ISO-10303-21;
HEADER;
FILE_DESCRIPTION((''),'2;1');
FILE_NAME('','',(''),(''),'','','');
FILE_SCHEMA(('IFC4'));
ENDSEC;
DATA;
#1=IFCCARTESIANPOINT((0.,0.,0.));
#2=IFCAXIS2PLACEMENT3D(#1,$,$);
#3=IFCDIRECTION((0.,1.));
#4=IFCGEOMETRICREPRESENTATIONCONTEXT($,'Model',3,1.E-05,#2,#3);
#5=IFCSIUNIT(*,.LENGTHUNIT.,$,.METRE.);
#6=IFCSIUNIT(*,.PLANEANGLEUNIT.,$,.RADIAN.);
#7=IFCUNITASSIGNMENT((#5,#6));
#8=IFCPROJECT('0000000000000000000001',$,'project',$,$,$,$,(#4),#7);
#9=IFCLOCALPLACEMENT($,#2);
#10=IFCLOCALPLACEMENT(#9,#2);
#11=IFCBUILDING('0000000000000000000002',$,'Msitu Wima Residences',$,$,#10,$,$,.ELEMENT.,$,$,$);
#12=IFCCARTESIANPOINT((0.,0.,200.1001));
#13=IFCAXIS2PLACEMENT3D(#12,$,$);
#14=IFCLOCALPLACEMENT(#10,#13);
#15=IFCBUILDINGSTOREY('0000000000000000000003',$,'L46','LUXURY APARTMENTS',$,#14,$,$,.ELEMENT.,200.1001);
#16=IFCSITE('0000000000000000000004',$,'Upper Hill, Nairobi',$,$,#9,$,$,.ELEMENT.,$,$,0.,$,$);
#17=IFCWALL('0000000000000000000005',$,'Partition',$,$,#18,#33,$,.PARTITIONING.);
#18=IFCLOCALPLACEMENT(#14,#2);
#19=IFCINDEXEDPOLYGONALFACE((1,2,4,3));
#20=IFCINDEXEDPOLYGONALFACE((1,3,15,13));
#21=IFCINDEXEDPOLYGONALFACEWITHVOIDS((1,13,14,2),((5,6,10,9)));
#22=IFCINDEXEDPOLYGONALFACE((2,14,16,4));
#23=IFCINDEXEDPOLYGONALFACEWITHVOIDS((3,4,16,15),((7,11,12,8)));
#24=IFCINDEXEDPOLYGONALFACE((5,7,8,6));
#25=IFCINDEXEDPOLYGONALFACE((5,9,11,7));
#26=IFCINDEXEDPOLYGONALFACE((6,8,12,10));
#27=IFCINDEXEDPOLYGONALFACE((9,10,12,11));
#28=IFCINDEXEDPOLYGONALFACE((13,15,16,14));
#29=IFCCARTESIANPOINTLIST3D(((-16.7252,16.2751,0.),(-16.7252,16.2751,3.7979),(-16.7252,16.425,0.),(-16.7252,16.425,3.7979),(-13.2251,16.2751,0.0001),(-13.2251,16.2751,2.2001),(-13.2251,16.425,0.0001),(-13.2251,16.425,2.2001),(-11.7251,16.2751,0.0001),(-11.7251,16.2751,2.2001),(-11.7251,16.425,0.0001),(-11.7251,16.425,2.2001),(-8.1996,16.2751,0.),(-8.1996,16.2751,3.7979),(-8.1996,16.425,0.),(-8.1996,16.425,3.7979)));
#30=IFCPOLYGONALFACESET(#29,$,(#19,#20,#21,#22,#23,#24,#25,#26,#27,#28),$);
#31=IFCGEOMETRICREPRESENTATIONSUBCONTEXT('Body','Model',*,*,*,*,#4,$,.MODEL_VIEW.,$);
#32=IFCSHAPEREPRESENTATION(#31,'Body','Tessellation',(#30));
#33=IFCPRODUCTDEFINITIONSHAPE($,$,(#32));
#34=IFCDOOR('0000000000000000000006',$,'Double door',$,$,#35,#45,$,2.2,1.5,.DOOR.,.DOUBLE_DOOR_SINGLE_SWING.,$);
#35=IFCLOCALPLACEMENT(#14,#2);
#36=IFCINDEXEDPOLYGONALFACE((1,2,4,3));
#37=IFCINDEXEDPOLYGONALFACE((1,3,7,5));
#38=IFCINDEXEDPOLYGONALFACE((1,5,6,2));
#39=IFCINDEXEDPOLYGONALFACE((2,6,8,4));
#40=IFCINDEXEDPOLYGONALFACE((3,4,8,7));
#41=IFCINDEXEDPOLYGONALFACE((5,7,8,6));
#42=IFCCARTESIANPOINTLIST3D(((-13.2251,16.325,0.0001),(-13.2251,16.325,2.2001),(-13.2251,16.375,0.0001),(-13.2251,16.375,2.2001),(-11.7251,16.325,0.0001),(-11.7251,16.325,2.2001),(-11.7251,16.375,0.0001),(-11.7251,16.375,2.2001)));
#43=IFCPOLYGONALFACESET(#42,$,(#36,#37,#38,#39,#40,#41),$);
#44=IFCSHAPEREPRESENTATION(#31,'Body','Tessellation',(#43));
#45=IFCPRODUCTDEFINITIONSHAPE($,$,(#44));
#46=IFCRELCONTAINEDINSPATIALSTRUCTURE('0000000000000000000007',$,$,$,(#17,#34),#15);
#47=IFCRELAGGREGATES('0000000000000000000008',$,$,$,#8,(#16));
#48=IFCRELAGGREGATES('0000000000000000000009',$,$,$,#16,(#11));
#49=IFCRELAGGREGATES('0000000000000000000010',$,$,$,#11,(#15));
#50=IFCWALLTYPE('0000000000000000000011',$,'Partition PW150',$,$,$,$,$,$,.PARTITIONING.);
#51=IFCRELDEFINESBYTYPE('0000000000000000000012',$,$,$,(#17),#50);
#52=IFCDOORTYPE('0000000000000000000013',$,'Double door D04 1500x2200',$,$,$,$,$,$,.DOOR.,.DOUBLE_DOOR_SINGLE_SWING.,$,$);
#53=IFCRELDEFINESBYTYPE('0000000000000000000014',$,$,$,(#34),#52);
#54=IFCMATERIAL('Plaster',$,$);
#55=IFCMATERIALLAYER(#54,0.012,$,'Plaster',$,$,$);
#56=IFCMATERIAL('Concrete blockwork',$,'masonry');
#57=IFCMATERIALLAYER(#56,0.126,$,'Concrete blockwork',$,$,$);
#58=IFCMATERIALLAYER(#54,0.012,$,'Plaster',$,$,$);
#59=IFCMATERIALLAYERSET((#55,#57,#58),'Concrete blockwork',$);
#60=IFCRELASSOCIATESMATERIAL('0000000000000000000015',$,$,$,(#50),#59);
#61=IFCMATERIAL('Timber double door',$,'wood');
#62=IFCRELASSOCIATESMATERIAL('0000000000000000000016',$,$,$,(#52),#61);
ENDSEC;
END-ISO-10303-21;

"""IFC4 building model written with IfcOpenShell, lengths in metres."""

from ifc_helpers import new_model, si_unit, direction, frame, frame_2d, origin, place, context, subcontext, project, spatial, rectangle, extrude, material, layer, layer_set, type_object, element, fill, save


model = new_model("IFC4")

# Units and contexts
model_context = context("Model", 3, precision=1e-05, world=origin(), true_north=direction((0.0, 1.0)))
body_context = subcontext(model_context, "Body", "Model", "MODEL_VIEW")
ifc_project = project(units=[si_unit("LENGTHUNIT", "METRE"), si_unit("PLANEANGLEUNIT", "RADIAN")], contexts=[model_context])

# Site, building, storey
site_placement = place(None, origin())
site = spatial("IfcSite", under=ifc_project, at=site_placement, Name="Upper Hill, Nairobi", CompositionType="ELEMENT", RefElevation=0.0)
building_placement = place(site_placement, origin())
building = spatial("IfcBuilding", under=site, at=building_placement, Name="Msitu Wima Residences", CompositionType="ELEMENT")
storey_placement = place(building_placement, frame((0.0, 0.0, 200.1001)))
storey = spatial("IfcBuildingStorey", under=building, at=storey_placement, Name="L46", Description="LUXURY APARTMENTS", CompositionType="ELEMENT", Elevation=200.1001)

# Shared definitions
ifc_material_1 = material(Name="Plaster")
ifc_material_2 = material(Name="Concrete blockwork", Category="masonry")
ifc_layer_1 = layer(ifc_material_1, 0.012, Name="Plaster")
ifc_layer_2 = layer(ifc_material_2, 0.126, Name="Concrete blockwork")
ifc_layer_3 = layer(ifc_material_1, 0.012, Name="Plaster")
ifc_layer_set_1 = layer_set([ifc_layer_1, ifc_layer_2, ifc_layer_3], Name="Concrete blockwork")
wall_type_1 = type_object("IfcWallType", Name="Partition PW150", PredefinedType="PARTITIONING", material=ifc_layer_set_1)

# Wall, opening, door
wall_1_placement = place(storey_placement, frame((-16.7251, 16.3501, 0.0), z_axis=(0.0, 0.0, 1.0), x_axis=(1.0, 0.0, 0.0)))
wall_1 = element("IfcWall", 1, at=wall_1_placement, inside=storey, type_object=wall_type_1, Name="Partition", PredefinedType="PARTITIONING", context=body_context, shape_type="SweptSolid", body=[
    extrude(rectangle(XDim=8.5256, YDim=0.1499, at=frame_2d((4.2627, 0.0))), origin(), (0.0, 0.0, 1.0), 3.7979),
])
opening_1_placement = place(wall_1_placement, frame((3.5, 0.0, 0.0)))
opening_1 = element("IfcOpeningElement", 2, at=opening_1_placement, cuts=wall_1, PredefinedType="OPENING", context=body_context, shape_type="SweptSolid", body=[
    extrude(rectangle(XDim=1.5, YDim=2.2, at=frame_2d((0.75, 1.1001))), frame((0.0, 0.085, 0.0), z_axis=(0.0, -1.0, 0.0), x_axis=(1.0, 0.0, 0.0)), (0.0, 0.0, 1.0), 0.1699),
])
ifc_material_3 = material(Name="Timber double door", Category="wood")
door_type_1 = type_object("IfcDoorType", Name="Double door D04 1500x2200", OperationType="DOUBLE_DOOR_SINGLE_SWING", PredefinedType="DOOR", material=ifc_material_3)
door_1_placement = place(opening_1_placement, origin())
door_1 = element("IfcDoor", 3, at=door_1_placement, inside=storey, type_object=door_type_1, Name="Double door", OperationType="DOUBLE_DOOR_SINGLE_SWING", OverallHeight=2.2, OverallWidth=1.5, PredefinedType="DOOR", context=body_context, shape_type="SweptSolid", body=[
    extrude(rectangle(XDim=1.5, YDim=2.2, at=frame_2d((0.75, 1.1001))), frame((0.0, 0.0249, 0.0), z_axis=(0.0, -1.0, 0.0), x_axis=(1.0, 0.0, 0.0)), (0.0, 0.0, 1.0), 0.05),
])
fill(opening_1, door_1)

save(model, "model.ifc")
